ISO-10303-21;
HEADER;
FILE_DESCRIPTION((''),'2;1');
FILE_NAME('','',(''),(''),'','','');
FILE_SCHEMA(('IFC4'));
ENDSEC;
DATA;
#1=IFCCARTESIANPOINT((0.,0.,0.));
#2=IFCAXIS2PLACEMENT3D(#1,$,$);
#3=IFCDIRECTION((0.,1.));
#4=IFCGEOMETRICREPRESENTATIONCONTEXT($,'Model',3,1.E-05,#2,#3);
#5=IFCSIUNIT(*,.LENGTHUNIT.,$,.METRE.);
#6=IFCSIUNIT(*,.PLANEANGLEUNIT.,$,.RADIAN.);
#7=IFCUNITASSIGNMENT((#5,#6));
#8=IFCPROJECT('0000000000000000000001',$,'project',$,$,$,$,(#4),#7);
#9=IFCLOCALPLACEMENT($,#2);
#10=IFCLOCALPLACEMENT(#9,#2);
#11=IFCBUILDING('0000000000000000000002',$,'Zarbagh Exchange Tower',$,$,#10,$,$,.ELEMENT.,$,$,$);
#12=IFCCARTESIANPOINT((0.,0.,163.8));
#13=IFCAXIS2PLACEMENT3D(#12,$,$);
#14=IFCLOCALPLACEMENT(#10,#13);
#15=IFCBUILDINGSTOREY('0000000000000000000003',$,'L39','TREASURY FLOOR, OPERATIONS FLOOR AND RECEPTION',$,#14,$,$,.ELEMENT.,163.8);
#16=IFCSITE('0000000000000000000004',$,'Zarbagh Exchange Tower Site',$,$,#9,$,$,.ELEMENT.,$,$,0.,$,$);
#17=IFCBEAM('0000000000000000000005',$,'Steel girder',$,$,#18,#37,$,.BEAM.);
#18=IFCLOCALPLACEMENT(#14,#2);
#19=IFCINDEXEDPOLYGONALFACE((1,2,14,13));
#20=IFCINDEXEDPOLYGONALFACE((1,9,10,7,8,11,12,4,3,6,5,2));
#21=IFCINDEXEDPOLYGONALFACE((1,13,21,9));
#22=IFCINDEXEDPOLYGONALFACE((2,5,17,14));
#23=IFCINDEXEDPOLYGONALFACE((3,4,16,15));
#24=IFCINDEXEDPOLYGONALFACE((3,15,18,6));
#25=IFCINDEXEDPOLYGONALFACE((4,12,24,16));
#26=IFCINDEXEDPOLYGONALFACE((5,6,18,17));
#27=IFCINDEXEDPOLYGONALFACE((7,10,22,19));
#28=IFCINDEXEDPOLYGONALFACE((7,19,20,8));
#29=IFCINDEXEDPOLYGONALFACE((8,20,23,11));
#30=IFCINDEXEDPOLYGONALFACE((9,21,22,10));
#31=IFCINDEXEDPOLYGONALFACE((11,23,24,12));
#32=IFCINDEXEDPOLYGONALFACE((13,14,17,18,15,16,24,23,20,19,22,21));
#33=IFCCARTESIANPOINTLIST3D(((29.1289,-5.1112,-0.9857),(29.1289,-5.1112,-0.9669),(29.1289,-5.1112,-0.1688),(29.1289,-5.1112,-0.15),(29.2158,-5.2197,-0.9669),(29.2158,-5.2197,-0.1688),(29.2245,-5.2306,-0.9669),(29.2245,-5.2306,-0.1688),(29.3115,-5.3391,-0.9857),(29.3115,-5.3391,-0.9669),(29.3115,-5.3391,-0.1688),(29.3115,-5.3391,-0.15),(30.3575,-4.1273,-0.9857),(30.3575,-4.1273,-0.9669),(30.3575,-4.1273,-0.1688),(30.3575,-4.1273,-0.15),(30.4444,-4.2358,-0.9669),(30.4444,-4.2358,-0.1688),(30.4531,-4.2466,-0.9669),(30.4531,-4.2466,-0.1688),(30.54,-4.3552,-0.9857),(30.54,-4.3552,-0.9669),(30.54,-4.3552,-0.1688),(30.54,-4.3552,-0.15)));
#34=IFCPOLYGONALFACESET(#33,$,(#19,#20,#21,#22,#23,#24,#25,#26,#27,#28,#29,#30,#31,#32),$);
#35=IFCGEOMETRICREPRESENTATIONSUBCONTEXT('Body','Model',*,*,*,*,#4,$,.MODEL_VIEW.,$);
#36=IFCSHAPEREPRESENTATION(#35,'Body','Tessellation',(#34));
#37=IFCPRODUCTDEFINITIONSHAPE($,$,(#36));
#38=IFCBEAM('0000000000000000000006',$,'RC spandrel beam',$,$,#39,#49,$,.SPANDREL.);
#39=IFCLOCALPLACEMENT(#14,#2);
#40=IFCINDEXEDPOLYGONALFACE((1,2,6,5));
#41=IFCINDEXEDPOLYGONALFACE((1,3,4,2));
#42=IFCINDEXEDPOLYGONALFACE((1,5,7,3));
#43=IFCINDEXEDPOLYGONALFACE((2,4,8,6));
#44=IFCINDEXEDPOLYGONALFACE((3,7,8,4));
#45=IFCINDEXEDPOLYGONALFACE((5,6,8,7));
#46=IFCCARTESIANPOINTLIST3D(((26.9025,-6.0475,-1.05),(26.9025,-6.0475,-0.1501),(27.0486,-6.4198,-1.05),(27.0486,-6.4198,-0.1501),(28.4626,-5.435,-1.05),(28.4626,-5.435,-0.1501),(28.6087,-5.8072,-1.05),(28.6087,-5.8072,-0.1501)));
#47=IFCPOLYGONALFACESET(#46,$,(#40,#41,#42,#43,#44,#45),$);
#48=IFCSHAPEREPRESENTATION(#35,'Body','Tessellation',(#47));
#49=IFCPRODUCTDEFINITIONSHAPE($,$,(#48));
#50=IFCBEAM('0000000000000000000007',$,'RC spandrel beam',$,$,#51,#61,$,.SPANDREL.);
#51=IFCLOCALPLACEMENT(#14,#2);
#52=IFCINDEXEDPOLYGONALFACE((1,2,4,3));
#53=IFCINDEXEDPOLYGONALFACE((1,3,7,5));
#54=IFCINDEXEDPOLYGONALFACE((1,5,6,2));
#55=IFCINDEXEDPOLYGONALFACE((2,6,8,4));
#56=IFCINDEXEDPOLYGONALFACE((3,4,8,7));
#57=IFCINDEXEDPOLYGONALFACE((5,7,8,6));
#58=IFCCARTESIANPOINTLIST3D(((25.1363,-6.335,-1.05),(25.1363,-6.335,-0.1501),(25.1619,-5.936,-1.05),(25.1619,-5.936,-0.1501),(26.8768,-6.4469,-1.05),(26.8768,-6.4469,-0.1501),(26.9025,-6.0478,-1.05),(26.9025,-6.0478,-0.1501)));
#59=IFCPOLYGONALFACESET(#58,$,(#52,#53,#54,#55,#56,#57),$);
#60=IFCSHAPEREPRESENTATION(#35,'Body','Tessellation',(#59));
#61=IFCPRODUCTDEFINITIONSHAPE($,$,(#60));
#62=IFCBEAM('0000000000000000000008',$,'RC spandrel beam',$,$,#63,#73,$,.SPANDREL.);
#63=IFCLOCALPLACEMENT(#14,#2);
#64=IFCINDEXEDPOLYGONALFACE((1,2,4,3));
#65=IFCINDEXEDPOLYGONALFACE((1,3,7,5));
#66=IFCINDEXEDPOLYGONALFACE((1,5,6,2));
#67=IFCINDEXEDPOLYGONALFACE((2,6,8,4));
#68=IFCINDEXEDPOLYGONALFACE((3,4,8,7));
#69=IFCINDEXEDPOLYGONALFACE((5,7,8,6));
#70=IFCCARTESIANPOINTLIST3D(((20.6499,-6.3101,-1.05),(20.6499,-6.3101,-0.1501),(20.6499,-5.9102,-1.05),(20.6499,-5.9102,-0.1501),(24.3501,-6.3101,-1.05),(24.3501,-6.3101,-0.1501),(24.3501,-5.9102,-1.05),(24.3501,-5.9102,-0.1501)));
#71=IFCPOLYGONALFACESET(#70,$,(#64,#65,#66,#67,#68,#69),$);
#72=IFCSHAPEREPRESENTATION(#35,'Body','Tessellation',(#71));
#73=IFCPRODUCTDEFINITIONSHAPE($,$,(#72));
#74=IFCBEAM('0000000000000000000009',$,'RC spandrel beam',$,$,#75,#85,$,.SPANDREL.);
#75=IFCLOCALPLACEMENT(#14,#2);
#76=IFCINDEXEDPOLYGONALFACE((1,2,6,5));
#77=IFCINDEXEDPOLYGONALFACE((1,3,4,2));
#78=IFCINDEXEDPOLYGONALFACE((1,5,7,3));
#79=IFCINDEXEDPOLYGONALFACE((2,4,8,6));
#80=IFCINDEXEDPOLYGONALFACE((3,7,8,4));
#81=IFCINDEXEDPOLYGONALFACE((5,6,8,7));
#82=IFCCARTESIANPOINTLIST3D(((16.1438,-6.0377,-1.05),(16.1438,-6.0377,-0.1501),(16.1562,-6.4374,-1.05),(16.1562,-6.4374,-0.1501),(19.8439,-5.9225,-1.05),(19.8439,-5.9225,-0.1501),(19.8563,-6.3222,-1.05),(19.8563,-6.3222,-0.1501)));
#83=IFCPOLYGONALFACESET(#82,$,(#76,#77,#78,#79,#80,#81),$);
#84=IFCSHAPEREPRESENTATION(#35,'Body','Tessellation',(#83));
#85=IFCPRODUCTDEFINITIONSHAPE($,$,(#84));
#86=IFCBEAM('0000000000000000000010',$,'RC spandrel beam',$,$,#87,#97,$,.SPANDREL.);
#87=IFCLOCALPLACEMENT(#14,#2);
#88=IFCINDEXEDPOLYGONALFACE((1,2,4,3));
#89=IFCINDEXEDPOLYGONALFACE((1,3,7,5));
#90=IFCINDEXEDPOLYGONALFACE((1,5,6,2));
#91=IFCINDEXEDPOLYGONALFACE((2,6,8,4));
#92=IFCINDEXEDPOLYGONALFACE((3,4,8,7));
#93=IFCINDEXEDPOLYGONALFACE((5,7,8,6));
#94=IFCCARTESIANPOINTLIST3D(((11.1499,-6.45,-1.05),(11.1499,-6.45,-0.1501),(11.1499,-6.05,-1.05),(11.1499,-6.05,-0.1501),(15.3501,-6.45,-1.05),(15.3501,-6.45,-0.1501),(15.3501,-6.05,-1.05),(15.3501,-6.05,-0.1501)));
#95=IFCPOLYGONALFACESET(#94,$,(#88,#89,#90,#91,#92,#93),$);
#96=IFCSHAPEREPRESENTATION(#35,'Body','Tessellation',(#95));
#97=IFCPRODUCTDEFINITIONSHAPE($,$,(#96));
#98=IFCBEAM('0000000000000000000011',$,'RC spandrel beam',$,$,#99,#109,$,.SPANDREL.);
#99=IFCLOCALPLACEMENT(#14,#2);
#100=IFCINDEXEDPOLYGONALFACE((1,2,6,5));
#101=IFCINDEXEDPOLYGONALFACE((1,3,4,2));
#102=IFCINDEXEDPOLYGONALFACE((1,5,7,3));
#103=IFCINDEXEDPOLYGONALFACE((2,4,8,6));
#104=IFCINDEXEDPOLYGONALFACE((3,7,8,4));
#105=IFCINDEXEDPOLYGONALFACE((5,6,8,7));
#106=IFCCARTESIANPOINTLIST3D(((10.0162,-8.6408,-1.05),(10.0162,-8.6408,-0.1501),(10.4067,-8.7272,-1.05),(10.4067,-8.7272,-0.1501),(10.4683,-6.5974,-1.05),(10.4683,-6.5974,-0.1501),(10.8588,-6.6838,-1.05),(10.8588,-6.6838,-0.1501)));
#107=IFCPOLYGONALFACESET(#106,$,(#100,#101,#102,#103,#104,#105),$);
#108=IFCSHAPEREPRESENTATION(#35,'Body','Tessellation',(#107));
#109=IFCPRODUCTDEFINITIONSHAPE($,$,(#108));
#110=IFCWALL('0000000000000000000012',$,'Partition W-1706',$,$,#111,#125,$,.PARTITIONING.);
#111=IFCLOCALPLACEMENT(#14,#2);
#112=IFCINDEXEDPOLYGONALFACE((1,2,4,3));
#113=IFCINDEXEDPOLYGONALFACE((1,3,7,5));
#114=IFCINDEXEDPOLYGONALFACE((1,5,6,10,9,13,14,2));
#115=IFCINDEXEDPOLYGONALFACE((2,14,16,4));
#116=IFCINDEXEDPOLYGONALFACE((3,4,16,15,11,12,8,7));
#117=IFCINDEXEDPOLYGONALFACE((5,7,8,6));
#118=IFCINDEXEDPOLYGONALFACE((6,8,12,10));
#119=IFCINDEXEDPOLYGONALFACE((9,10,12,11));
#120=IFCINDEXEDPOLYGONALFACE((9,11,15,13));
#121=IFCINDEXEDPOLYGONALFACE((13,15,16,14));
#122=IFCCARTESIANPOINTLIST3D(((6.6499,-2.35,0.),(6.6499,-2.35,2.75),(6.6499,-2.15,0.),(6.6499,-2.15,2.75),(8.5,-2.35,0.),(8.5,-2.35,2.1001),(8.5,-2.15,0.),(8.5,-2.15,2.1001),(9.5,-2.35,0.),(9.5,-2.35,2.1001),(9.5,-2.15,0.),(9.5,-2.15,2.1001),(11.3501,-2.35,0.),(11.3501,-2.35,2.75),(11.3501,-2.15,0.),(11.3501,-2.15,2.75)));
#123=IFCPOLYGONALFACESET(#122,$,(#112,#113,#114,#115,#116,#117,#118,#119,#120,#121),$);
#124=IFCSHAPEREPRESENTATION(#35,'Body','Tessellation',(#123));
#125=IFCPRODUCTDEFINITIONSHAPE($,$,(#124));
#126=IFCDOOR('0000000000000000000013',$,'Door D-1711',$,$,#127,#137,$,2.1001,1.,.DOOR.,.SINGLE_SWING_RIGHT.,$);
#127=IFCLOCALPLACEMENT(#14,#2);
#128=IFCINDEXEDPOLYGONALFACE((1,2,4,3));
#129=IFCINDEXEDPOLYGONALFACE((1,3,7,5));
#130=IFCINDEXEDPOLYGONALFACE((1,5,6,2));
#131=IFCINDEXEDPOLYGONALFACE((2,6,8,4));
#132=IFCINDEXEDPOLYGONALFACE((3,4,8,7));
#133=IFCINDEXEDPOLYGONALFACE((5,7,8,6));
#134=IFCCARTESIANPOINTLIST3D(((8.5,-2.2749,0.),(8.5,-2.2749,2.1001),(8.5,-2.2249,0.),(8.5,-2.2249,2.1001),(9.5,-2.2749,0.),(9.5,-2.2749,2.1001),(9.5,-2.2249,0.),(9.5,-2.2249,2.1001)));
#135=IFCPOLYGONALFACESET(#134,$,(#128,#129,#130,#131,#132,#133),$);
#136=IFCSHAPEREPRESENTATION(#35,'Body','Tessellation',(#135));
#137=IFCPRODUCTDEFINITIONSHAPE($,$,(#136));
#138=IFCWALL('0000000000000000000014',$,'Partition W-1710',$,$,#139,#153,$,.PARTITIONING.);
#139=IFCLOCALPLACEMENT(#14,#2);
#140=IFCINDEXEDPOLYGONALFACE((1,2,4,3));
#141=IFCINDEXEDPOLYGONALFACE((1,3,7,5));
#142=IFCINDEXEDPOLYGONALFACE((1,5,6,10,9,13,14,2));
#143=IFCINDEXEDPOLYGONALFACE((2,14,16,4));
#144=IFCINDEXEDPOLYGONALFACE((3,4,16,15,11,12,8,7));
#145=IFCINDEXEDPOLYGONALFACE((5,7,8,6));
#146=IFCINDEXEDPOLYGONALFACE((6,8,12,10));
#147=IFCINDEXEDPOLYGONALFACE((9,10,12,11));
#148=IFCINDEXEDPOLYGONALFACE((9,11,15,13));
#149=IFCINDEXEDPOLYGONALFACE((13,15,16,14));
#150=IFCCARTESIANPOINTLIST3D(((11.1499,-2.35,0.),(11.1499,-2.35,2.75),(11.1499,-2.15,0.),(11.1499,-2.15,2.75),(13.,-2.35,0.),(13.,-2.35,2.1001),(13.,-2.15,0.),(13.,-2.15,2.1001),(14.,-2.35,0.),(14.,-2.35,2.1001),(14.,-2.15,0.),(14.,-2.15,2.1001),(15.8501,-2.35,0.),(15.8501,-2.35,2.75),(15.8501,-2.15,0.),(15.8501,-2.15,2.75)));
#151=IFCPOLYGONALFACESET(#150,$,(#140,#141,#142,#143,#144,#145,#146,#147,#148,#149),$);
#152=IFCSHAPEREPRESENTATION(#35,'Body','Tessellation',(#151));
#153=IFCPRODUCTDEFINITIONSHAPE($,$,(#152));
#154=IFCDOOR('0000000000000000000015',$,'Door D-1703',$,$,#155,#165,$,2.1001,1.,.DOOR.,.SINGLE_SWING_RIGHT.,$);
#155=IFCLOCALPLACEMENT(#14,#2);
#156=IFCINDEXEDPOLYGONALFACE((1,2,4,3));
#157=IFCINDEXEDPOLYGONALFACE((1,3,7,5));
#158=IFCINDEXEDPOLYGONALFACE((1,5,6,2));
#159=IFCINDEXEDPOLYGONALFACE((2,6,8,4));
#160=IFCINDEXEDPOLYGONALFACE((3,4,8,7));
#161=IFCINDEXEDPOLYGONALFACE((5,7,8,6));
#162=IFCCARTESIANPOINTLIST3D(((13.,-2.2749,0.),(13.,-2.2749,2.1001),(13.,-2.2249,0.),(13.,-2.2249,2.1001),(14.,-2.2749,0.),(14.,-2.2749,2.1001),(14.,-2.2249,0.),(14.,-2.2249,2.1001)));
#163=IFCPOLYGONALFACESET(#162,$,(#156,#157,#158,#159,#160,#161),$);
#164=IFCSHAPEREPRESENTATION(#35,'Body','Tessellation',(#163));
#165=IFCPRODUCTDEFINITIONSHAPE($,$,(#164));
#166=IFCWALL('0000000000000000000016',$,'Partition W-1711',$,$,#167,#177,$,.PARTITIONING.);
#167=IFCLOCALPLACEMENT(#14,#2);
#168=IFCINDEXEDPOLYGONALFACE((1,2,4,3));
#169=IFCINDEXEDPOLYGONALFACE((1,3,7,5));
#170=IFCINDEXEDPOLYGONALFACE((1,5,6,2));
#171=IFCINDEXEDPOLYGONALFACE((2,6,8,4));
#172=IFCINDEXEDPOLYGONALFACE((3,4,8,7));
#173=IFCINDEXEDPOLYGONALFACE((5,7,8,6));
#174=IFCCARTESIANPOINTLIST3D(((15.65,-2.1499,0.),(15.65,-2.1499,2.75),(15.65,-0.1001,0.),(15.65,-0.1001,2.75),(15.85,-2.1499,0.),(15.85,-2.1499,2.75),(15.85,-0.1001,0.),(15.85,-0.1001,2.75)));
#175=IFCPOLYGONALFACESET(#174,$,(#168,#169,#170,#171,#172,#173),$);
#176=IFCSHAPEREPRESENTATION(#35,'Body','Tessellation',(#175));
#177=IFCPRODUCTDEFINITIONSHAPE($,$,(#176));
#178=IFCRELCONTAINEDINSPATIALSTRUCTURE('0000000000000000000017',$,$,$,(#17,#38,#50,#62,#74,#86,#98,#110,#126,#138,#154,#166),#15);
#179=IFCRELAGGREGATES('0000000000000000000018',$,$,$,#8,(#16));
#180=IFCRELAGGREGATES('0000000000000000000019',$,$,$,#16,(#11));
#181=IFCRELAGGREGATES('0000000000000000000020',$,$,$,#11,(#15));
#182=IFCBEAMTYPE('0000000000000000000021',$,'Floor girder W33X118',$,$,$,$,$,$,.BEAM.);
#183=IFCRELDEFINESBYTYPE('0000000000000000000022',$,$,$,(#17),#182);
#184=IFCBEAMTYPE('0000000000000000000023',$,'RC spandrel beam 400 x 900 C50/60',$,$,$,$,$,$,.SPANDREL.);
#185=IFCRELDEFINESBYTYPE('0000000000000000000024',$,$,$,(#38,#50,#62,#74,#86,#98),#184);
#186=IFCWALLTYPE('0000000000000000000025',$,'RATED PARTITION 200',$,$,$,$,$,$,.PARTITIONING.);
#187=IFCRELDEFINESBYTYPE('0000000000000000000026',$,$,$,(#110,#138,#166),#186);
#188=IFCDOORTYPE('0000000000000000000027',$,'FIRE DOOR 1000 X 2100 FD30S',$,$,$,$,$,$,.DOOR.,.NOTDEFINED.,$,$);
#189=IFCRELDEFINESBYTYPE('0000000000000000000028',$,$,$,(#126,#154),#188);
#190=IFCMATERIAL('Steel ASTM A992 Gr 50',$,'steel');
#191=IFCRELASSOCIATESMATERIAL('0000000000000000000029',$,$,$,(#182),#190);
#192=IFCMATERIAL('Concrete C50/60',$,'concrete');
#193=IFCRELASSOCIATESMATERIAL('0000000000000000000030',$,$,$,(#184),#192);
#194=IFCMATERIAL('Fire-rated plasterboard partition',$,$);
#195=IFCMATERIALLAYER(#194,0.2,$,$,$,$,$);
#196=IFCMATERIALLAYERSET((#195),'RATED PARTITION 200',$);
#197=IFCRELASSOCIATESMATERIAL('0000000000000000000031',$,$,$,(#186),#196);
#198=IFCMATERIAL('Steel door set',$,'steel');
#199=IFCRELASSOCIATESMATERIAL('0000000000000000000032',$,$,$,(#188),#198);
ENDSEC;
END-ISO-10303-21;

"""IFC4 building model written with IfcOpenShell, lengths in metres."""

from ifc_helpers import new_model, si_unit, direction, frame, frame_2d, origin, origin_2d, place, context, subcontext, project, spatial, rectangle, i_section, extrude, material, layer, layer_set, material_profile, profile_set, type_object, element, fill, save


model = new_model("IFC4")

# Units and contexts
model_context = context("Model", 3, precision=1e-05, world=origin(), true_north=direction((0.0, 1.0)))
body_context = subcontext(model_context, "Body", "Model", "MODEL_VIEW")
ifc_project = project(units=[si_unit("LENGTHUNIT", "METRE"), si_unit("PLANEANGLEUNIT", "RADIAN")], contexts=[model_context])

# Site, building, storey
site_placement = place(None, origin())
site = spatial("IfcSite", under=ifc_project, at=site_placement, Name="Zarbagh Exchange Tower Site", CompositionType="ELEMENT", RefElevation=0.0)
building_placement = place(site_placement, origin())
building = spatial("IfcBuilding", under=site, at=building_placement, Name="Zarbagh Exchange Tower", CompositionType="ELEMENT")
storey_placement = place(building_placement, frame((0.0, 0.0, 163.8)))
storey = spatial("IfcBuildingStorey", under=building, at=storey_placement, Name="L39", Description="TREASURY FLOOR, OPERATIONS FLOOR AND RECEPTION", CompositionType="ELEMENT", Elevation=163.8)

# Shared definitions
ifc_material_1 = material(Name="Concrete C50/60", Category="concrete")

# Beams
ifc_material_2 = material(Name="Steel ASTM A992 Gr 50", Category="steel")
ifc_material_profile_1 = material_profile(ifc_material_2, i_section(OverallWidth=0.292, OverallDepth=0.8357, WebThickness=0.0139, FlangeThickness=0.0188, at=origin_2d()), Name="W33X118")
ifc_profile_set_1 = profile_set([ifc_material_profile_1], Name="Steel ASTM A992 Gr 50")
beam_type_1 = type_object("IfcBeamType", Name="Floor girder W33X118", PredefinedType="BEAM", material=ifc_profile_set_1)
beam_1_placement = place(storey_placement, frame((30.4487, -4.2412, -0.5679), z_axis=(-0.780536, -0.625111, 0.0), x_axis=(0.625111, -0.780536, 0.0)))
element("IfcBeam", 1, at=beam_1_placement, inside=storey, type_object=beam_type_1, Name="Steel girder", PredefinedType="BEAM", context=body_context, shape_type="SweptSolid", body=[
    extrude(i_section(OverallWidth=0.292, OverallDepth=0.8357, WebThickness=0.0139, FlangeThickness=0.0188, at=origin_2d()), origin(), (0.0, 0.0, 1.0), 1.574),
])
ifc_material_profile_2 = material_profile(ifc_material_1, rectangle(XDim=0.3999, YDim=0.8999, at=origin_2d()), Name="RC spandrel beam 400 x 900 C50/60")
ifc_profile_set_2 = profile_set([ifc_material_profile_2], Name="Concrete C50/60")
beam_type_2 = type_object("IfcBeamType", Name="RC spandrel beam 400 x 900 C50/60", PredefinedType="SPANDREL", material=ifc_profile_set_2)
beam_2_placement = place(storey_placement, frame((28.5356, -5.6211, -0.6001), z_axis=(-0.930819, -0.365481, 0.0), x_axis=(0.365481, -0.930819, 0.0)))
element("IfcBeam", 2, at=beam_2_placement, inside=storey, type_object=beam_type_2, Name="RC spandrel beam", PredefinedType="SPANDREL", context=body_context, shape_type="SweptSolid", body=[
    extrude(rectangle(XDim=0.3999, YDim=0.8999, at=origin_2d()), origin(), (0.0, 0.0, 1.0), 1.676),
])
beam_3_placement = place(storey_placement, frame((26.8896, -6.2473, -0.6001), z_axis=(-0.997943, 0.064112, 0.0), x_axis=(-0.064112, -0.997943, 0.0)))
element("IfcBeam", 3, at=beam_3_placement, inside=storey, type_object=beam_type_2, Name="RC spandrel beam", PredefinedType="SPANDREL", context=body_context, shape_type="SweptSolid", body=[
    extrude(rectangle(XDim=0.3999, YDim=0.8999, at=origin_2d()), origin(), (0.0, 0.0, 1.0), 1.7441),
])
beam_4_placement = place(storey_placement, frame((24.3501, -6.1101, -0.6001), z_axis=(-1.0, 0.0, 0.0), x_axis=(0.0, -1.0, 0.0)))
element("IfcBeam", 4, at=beam_4_placement, inside=storey, type_object=beam_type_2, Name="RC spandrel beam", PredefinedType="SPANDREL", context=body_context, shape_type="SweptSolid", body=[
    extrude(rectangle(XDim=0.3999, YDim=0.8999, at=origin_2d()), origin(), (0.0, 0.0, 1.0), 3.7002),
])
beam_5_placement = place(storey_placement, frame((19.8501, -6.1223, -0.6001), z_axis=(-0.999515, -0.031128, 0.0), x_axis=(0.031128, -0.999515, 0.0)))
element("IfcBeam", 5, at=beam_5_placement, inside=storey, type_object=beam_type_2, Name="RC spandrel beam", PredefinedType="SPANDREL", context=body_context, shape_type="SweptSolid", body=[
    extrude(rectangle(XDim=0.3999, YDim=0.8999, at=origin_2d()), origin(), (0.0, 0.0, 1.0), 3.7019),
])
beam_6_placement = place(storey_placement, frame((15.3501, -6.25, -0.6001), z_axis=(-1.0, 0.0, 0.0), x_axis=(0.0, -1.0, 0.0)))
element("IfcBeam", 6, at=beam_6_placement, inside=storey, type_object=beam_type_2, Name="RC spandrel beam", PredefinedType="SPANDREL", context=body_context, shape_type="SweptSolid", body=[
    extrude(rectangle(XDim=0.3999, YDim=0.8999, at=origin_2d()), origin(), (0.0, 0.0, 1.0), 4.2002),
])
beam_7_placement = place(storey_placement, frame((10.6636, -6.6406, -0.6001), z_axis=(-0.216041, -0.976384, 0.0), x_axis=(0.976384, -0.216041, 0.0)))
element("IfcBeam", 7, at=beam_7_placement, inside=storey, type_object=beam_type_2, Name="RC spandrel beam", PredefinedType="SPANDREL", context=body_context, shape_type="SweptSolid", body=[
    extrude(rectangle(XDim=0.3999, YDim=0.8999, at=origin_2d()), origin(), (0.0, 0.0, 1.0), 2.0928),
])

# Walls, openings, doors
ifc_material_3 = material(Name="Fire-rated plasterboard partition")
ifc_layer = layer(ifc_material_3, 0.2)
ifc_layer_set = layer_set([ifc_layer], Name="RATED PARTITION 200")
wall_type = type_object("IfcWallType", Name="RATED PARTITION 200", PredefinedType="PARTITIONING", material=ifc_layer_set)
wall_1_placement = place(storey_placement, frame((11.3501, -2.25, 0.0), z_axis=(0.0, 0.0, 1.0), x_axis=(-1.0, 0.0, 0.0)))
wall_1 = element("IfcWall", 8, at=wall_1_placement, inside=storey, type_object=wall_type, Name="Partition W-1706", PredefinedType="PARTITIONING", context=body_context, shape_type="SweptSolid", body=[
    extrude(rectangle(XDim=4.7002, YDim=0.2, at=frame_2d((2.3501, 0.0))), origin(), (0.0, 0.0, 1.0), 2.75),
])
opening_1_placement = place(wall_1_placement, frame((1.8501, 0.0, 0.0)))
opening_1 = element("IfcOpeningElement", 9, at=opening_1_placement, cuts=wall_1, PredefinedType="OPENING", context=body_context, shape_type="SweptSolid", body=[
    extrude(rectangle(XDim=1.0, YDim=2.1001, at=frame_2d((0.5, 1.05))), frame((0.0, 0.1099, 0.0), z_axis=(0.0, -1.0, 0.0), x_axis=(1.0, 0.0, 0.0)), (0.0, 0.0, 1.0), 0.22),
])
ifc_material_4 = material(Name="Steel door set", Category="steel")
door_type = type_object("IfcDoorType", Name="FIRE DOOR 1000 X 2100 FD30S", OperationType="NOTDEFINED", PredefinedType="DOOR", material=ifc_material_4)
door_1_placement = place(opening_1_placement, origin())
door_1 = element("IfcDoor", 10, at=door_1_placement, inside=storey, type_object=door_type, Name="Door D-1711", OperationType="SINGLE_SWING_RIGHT", OverallHeight=2.1001, OverallWidth=1.0, PredefinedType="DOOR", context=body_context, shape_type="SweptSolid", body=[
    extrude(rectangle(XDim=1.0, YDim=2.1001, at=frame_2d((0.5, 1.05))), frame((0.0, 0.0249, 0.0), z_axis=(0.0, -1.0, 0.0), x_axis=(1.0, 0.0, 0.0)), (0.0, 0.0, 1.0), 0.05),
])
fill(opening_1, door_1)
wall_2_placement = place(storey_placement, frame((15.8501, -2.25, 0.0), z_axis=(0.0, 0.0, 1.0), x_axis=(-1.0, 0.0, 0.0)))
wall_2 = element("IfcWall", 11, at=wall_2_placement, inside=storey, type_object=wall_type, Name="Partition W-1710", PredefinedType="PARTITIONING", context=body_context, shape_type="SweptSolid", body=[
    extrude(rectangle(XDim=4.7002, YDim=0.2, at=frame_2d((2.3501, 0.0))), origin(), (0.0, 0.0, 1.0), 2.75),
])
opening_2_placement = place(wall_2_placement, frame((1.8501, 0.0, 0.0)))
opening_2 = element("IfcOpeningElement", 12, at=opening_2_placement, cuts=wall_2, PredefinedType="OPENING", context=body_context, shape_type="SweptSolid", body=[
    extrude(rectangle(XDim=1.0, YDim=2.1001, at=frame_2d((0.5, 1.05))), frame((0.0, 0.1099, 0.0), z_axis=(0.0, -1.0, 0.0), x_axis=(1.0, 0.0, 0.0)), (0.0, 0.0, 1.0), 0.22),
])
door_2_placement = place(opening_2_placement, origin())
door_2 = element("IfcDoor", 13, at=door_2_placement, inside=storey, type_object=door_type, Name="Door D-1703", OperationType="SINGLE_SWING_RIGHT", OverallHeight=2.1001, OverallWidth=1.0, PredefinedType="DOOR", context=body_context, shape_type="SweptSolid", body=[
    extrude(rectangle(XDim=1.0, YDim=2.1001, at=frame_2d((0.5, 1.05))), frame((0.0, 0.0249, 0.0), z_axis=(0.0, -1.0, 0.0), x_axis=(1.0, 0.0, 0.0)), (0.0, 0.0, 1.0), 0.05),
])
fill(opening_2, door_2)

# Wall
wall_3_placement = place(storey_placement, frame((15.75, -2.1499, 0.0), z_axis=(0.0, 0.0, 1.0), x_axis=(0.0, 1.0, 0.0)))
element("IfcWall", 14, at=wall_3_placement, inside=storey, type_object=wall_type, Name="Partition W-1711", PredefinedType="PARTITIONING", context=body_context, shape_type="SweptSolid", body=[
    extrude(rectangle(XDim=2.0498, YDim=0.2, at=frame_2d((1.0249, 0.0))), origin(), (0.0, 0.0, 1.0), 2.75),
])

save(model, "model.ifc")
